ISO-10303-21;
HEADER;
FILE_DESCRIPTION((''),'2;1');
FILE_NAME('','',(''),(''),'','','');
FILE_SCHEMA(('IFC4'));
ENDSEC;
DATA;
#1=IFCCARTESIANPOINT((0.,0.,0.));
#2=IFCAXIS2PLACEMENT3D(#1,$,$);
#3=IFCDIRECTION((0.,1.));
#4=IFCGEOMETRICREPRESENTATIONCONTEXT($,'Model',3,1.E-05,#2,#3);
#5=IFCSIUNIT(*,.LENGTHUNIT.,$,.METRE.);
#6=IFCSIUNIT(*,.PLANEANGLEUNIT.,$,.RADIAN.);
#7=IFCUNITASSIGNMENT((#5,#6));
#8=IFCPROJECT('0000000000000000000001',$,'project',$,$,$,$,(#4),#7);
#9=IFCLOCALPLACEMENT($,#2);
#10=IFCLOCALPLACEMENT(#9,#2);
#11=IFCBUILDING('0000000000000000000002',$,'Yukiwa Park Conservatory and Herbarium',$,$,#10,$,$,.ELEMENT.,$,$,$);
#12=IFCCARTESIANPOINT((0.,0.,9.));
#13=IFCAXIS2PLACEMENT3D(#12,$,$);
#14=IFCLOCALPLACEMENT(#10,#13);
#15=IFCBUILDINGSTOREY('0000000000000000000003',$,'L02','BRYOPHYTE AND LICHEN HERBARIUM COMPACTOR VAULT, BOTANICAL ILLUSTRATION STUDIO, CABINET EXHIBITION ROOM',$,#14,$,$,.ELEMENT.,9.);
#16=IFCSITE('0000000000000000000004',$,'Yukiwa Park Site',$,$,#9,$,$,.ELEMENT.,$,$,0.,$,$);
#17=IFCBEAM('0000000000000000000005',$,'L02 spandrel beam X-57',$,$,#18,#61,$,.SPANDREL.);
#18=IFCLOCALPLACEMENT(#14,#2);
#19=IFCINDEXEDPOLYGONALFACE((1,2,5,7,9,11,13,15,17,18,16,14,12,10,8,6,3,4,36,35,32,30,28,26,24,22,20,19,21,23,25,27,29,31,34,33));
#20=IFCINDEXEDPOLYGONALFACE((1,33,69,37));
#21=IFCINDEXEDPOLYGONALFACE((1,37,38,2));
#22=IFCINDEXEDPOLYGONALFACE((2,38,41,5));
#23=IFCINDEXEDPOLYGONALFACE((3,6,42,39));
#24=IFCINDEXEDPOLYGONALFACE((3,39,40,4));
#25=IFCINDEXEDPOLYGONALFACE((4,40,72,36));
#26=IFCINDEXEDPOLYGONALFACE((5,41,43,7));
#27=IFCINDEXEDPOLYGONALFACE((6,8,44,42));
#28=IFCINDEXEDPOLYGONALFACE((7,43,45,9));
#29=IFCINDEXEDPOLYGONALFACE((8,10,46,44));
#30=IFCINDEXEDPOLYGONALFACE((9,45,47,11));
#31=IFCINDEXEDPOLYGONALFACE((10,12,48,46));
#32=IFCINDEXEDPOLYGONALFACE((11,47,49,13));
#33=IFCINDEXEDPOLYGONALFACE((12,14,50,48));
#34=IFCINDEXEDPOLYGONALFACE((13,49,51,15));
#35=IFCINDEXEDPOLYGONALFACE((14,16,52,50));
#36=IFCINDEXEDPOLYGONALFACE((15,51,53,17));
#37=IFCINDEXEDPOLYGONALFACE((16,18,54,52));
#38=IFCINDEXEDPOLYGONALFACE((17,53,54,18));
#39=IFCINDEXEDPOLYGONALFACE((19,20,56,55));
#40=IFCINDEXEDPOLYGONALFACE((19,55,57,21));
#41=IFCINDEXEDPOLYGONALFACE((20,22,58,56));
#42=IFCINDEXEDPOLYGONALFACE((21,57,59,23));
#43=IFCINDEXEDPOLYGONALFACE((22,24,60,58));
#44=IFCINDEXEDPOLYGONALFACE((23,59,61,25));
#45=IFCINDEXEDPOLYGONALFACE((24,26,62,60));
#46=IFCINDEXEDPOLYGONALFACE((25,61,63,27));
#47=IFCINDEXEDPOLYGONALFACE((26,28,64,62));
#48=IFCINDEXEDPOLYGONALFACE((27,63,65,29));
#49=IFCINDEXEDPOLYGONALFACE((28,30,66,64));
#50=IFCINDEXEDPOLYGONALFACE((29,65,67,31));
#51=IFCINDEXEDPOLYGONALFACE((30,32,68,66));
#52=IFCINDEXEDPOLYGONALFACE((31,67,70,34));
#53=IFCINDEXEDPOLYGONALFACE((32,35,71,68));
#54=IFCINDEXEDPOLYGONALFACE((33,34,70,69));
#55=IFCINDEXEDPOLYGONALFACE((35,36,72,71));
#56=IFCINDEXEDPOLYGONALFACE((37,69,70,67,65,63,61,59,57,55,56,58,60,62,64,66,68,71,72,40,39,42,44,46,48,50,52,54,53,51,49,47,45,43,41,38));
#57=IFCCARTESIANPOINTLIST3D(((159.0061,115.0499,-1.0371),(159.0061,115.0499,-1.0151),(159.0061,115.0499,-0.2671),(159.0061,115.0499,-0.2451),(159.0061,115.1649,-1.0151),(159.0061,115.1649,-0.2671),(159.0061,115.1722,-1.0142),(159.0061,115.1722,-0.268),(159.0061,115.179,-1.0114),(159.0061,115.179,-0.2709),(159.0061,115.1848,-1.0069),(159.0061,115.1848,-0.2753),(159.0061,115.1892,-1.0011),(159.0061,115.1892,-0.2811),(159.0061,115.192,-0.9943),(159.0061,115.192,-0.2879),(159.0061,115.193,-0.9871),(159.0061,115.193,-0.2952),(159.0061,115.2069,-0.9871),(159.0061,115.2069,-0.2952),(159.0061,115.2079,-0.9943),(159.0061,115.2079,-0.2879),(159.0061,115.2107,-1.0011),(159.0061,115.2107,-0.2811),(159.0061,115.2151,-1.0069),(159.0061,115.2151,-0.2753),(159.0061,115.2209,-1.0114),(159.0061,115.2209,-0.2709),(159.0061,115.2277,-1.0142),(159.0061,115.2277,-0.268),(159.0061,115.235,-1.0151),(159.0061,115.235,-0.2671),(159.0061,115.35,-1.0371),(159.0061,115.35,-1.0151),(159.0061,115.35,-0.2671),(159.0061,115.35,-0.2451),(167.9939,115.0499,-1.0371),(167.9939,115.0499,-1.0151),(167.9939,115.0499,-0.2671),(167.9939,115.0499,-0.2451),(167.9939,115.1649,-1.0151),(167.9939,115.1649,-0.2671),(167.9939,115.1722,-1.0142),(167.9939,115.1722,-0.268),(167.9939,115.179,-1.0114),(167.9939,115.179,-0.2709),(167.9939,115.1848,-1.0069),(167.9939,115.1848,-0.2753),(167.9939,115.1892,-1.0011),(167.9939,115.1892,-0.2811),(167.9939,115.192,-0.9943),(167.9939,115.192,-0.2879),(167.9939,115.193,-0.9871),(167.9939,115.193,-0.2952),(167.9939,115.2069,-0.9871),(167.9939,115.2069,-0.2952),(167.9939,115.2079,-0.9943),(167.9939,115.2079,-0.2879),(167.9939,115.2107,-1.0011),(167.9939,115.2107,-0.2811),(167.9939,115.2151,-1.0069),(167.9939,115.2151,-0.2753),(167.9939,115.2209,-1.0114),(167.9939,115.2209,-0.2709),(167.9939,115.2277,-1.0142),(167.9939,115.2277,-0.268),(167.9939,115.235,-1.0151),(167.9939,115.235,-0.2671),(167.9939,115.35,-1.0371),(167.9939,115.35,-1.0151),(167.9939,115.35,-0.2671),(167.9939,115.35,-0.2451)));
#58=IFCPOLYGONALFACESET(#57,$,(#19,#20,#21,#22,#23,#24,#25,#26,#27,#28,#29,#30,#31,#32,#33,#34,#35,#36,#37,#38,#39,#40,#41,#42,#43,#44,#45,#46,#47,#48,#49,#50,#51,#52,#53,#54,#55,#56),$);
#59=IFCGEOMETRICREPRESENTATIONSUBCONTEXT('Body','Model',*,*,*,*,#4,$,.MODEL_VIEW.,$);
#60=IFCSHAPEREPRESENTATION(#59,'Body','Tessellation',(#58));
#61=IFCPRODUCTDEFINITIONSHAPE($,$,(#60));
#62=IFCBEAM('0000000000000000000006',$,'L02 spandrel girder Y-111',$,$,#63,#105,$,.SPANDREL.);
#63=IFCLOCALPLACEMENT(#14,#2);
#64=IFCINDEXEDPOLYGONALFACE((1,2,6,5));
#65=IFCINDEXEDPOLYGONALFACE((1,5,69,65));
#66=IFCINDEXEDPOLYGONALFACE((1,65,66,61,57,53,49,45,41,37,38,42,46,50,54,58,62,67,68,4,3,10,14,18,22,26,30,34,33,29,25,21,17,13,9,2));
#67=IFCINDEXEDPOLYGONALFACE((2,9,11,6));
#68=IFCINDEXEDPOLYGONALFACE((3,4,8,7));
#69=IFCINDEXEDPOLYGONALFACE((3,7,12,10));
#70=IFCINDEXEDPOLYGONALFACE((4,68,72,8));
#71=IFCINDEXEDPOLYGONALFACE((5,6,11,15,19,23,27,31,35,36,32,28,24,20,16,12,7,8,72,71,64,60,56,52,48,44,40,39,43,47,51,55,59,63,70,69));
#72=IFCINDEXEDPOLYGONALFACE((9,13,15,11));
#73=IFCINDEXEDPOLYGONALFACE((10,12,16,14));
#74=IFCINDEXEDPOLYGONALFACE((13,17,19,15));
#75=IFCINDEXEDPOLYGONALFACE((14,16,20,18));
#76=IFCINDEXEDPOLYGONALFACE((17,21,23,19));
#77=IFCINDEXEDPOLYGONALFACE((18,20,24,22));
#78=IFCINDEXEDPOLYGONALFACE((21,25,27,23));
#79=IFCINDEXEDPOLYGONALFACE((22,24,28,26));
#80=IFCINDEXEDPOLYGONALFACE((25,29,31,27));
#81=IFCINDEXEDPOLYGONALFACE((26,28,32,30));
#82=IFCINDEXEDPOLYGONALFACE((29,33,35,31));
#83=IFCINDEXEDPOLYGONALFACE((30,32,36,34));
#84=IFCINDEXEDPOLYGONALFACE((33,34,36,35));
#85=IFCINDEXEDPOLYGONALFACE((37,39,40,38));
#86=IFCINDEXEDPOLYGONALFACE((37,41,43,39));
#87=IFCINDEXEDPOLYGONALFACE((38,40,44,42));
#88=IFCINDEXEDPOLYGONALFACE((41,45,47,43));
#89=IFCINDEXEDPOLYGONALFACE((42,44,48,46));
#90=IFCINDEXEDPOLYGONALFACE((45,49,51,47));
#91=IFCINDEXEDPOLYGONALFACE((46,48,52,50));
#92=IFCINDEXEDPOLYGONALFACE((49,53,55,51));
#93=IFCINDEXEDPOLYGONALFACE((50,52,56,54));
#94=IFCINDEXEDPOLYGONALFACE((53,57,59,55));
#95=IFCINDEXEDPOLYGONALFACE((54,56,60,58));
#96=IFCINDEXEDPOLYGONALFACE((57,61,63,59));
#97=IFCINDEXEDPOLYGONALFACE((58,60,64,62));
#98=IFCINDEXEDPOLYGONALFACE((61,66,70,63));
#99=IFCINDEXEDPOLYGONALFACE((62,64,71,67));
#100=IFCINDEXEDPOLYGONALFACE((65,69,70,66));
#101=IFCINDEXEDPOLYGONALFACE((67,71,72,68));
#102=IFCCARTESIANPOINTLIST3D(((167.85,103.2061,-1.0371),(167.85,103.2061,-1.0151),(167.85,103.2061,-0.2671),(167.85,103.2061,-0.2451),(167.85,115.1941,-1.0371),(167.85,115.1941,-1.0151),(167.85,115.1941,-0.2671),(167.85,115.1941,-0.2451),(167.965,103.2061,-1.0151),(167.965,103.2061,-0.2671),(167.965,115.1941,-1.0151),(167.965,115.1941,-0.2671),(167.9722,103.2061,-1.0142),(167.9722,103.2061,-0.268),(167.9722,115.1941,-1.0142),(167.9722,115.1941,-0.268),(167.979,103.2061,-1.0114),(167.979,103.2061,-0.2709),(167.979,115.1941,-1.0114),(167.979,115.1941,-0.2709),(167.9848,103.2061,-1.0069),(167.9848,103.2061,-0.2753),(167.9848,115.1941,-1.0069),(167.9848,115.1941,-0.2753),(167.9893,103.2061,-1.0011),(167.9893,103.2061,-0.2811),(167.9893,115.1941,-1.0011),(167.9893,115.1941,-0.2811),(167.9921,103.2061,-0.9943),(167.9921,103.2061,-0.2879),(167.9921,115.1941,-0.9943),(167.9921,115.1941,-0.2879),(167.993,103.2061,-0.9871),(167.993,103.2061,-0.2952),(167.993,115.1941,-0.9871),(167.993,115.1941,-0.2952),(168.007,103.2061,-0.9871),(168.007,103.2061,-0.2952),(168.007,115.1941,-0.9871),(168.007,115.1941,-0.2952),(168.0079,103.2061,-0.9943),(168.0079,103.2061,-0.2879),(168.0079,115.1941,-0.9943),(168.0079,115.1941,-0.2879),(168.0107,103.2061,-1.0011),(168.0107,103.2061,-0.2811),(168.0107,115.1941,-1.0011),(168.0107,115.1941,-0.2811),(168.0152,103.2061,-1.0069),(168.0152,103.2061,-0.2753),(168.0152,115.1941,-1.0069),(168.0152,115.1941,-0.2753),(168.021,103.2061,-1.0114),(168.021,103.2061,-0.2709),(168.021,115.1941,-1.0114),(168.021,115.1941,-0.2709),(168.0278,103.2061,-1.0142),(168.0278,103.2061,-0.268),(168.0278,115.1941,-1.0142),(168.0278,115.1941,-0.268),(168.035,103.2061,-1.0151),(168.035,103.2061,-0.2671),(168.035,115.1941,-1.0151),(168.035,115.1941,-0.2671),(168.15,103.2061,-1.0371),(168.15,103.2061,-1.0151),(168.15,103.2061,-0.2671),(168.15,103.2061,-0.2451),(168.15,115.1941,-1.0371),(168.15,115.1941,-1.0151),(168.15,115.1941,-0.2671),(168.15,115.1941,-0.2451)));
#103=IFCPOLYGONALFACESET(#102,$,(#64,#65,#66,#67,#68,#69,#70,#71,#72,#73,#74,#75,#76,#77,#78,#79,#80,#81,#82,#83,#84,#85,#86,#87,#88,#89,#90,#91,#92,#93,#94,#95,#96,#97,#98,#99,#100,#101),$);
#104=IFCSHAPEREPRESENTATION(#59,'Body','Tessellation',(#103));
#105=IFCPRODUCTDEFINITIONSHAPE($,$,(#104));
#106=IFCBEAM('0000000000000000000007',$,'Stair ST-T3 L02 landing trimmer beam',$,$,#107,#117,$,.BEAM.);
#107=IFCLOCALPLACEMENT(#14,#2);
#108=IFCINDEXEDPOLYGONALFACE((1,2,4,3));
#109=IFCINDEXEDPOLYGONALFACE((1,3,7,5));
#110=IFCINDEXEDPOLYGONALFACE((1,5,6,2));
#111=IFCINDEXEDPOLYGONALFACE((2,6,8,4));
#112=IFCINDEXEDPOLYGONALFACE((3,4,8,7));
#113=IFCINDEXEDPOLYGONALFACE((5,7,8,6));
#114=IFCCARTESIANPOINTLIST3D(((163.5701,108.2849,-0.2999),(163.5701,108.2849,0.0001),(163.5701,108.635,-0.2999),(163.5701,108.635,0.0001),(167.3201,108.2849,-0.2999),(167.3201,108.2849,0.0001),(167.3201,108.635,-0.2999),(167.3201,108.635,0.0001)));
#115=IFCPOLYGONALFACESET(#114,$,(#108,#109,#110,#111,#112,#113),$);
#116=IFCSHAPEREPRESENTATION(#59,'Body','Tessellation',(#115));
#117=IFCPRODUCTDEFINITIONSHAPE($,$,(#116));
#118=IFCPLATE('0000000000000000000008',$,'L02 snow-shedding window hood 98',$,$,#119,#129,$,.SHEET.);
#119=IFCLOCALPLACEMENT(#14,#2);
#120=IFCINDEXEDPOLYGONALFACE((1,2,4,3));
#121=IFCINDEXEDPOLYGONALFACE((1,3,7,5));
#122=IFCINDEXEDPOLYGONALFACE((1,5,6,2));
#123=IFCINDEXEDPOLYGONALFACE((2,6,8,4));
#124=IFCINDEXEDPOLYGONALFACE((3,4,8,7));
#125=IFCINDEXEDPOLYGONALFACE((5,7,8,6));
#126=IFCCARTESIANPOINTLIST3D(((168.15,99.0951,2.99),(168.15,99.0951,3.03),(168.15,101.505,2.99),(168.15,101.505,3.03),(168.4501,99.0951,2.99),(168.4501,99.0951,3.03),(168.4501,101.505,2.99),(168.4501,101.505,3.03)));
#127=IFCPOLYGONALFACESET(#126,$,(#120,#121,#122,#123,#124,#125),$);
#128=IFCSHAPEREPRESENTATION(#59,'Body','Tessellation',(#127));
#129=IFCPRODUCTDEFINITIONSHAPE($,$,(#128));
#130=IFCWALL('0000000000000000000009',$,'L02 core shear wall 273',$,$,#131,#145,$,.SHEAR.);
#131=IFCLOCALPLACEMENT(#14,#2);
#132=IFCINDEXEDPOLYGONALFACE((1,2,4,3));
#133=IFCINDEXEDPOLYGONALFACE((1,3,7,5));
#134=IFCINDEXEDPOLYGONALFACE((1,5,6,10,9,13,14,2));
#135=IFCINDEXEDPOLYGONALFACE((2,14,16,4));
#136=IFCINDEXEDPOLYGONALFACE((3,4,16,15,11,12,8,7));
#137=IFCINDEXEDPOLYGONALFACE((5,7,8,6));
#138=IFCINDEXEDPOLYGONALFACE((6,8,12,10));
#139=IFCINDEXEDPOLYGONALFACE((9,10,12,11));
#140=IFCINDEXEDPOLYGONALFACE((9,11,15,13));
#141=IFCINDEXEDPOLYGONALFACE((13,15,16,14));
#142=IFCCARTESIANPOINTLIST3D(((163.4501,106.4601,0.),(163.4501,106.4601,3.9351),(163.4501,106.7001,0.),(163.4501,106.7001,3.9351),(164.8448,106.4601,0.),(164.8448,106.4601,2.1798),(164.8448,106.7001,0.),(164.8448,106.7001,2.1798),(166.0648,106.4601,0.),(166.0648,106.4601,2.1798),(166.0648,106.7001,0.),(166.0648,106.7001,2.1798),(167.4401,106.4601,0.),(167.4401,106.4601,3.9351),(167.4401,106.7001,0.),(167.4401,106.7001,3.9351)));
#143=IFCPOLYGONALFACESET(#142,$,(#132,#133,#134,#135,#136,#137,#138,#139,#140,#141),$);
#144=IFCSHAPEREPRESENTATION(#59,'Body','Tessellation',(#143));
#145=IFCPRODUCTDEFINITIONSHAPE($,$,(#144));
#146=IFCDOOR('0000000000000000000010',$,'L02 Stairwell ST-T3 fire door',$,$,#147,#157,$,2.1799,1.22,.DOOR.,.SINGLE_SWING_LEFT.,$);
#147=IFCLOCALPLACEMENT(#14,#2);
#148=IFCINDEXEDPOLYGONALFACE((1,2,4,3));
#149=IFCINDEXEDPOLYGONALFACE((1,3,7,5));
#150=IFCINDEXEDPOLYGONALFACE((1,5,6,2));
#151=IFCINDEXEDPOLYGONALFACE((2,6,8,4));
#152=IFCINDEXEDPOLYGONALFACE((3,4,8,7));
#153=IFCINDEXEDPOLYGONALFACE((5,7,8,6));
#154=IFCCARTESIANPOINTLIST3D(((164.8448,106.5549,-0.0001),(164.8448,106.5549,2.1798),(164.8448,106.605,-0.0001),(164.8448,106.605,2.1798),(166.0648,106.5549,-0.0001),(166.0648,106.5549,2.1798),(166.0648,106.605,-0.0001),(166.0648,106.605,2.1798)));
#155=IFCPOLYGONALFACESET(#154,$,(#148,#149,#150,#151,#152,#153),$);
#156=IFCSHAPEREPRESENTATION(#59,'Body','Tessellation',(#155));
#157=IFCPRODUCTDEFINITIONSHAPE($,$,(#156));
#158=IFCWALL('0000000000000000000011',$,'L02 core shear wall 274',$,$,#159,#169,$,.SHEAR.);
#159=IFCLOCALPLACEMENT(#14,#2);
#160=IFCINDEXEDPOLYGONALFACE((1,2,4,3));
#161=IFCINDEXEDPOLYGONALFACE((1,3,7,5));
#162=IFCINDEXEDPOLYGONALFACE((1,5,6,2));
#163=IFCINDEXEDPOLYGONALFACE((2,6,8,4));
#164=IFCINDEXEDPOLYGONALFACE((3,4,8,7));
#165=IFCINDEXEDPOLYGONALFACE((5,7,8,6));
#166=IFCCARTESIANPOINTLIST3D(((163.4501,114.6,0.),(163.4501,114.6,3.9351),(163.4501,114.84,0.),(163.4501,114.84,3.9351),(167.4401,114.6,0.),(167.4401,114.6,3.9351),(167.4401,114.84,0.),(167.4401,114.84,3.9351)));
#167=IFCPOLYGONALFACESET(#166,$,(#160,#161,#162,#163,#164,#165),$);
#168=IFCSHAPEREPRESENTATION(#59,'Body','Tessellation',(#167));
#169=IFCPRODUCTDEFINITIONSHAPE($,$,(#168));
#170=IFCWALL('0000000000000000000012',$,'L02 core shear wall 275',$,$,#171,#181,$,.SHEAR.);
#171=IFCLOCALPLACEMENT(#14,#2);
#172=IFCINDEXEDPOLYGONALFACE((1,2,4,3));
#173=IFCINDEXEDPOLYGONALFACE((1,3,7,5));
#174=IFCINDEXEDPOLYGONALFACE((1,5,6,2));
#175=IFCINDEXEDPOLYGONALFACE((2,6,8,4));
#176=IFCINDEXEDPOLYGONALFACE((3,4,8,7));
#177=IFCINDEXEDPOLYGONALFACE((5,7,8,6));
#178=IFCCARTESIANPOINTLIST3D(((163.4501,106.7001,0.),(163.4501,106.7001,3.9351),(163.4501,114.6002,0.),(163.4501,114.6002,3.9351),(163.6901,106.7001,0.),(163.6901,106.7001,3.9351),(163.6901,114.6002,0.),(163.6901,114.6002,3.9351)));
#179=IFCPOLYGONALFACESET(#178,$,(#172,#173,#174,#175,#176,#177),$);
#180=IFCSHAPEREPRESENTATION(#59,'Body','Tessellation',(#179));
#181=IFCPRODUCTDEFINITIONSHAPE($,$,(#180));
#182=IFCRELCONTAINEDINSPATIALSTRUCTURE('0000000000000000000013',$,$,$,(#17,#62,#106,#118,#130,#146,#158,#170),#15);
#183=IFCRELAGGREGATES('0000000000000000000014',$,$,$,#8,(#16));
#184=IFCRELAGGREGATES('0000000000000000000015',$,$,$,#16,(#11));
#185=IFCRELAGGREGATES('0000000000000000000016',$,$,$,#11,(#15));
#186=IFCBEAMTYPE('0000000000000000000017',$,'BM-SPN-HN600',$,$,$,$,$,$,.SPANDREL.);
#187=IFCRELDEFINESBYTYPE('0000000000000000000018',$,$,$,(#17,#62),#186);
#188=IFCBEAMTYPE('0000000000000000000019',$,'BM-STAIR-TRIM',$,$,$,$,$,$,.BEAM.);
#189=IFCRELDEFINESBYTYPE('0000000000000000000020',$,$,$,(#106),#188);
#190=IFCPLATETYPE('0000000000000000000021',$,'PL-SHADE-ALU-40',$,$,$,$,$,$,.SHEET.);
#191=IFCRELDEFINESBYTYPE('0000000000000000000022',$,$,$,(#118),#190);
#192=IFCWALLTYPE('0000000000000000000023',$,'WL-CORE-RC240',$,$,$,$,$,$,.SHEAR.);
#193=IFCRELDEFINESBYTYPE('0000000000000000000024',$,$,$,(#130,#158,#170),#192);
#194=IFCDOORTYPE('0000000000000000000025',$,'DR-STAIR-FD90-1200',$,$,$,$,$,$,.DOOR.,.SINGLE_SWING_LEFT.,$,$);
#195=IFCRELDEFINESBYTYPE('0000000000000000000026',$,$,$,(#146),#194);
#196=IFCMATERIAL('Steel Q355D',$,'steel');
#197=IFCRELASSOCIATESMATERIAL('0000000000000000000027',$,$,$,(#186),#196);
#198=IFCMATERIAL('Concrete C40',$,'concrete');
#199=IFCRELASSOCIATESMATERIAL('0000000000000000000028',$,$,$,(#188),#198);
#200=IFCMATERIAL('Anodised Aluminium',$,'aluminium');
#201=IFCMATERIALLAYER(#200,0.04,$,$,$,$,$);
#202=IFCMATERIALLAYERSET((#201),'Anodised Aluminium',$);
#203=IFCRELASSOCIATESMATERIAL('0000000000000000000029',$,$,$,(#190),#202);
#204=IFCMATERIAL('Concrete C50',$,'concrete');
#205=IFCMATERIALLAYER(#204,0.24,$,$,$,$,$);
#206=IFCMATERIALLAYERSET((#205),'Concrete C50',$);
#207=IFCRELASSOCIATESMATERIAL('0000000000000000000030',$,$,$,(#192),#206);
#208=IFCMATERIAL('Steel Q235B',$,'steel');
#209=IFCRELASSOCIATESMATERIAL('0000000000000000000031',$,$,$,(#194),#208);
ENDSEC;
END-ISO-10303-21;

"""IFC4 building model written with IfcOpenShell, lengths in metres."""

from ifc_helpers import new_model, si_unit, direction, frame, frame_2d, origin, origin_2d, place, context, subcontext, project, spatial, rectangle, i_section, extrude, material, layer, layer_set, material_profile, profile_set, type_object, element, fill, save


model = new_model("IFC4")

# Units and contexts
model_context = context("Model", 3, precision=1e-05, world=origin(), true_north=direction((0.0, 1.0)))
body_context = subcontext(model_context, "Body", "Model", "MODEL_VIEW")
ifc_project = project(units=[si_unit("LENGTHUNIT", "METRE"), si_unit("PLANEANGLEUNIT", "RADIAN")], contexts=[model_context])

# Site, building, storey
site_placement = place(None, origin())
site = spatial("IfcSite", under=ifc_project, at=site_placement, Name="Yukiwa Park Site", CompositionType="ELEMENT", RefElevation=0.0)
building_placement = place(site_placement, origin())
building = spatial("IfcBuilding", under=site, at=building_placement, Name="Yukiwa Park Conservatory and Herbarium", CompositionType="ELEMENT")
storey_placement = place(building_placement, frame((0.0, 0.0, 9.0)))
storey = spatial("IfcBuildingStorey", under=building, at=storey_placement, Name="L02", Description="BRYOPHYTE AND LICHEN HERBARIUM COMPACTOR VAULT, BOTANICAL ILLUSTRATION STUDIO, CABINET EXHIBITION ROOM", CompositionType="ELEMENT", Elevation=9.0)

# Beams
ifc_material_1 = material(Name="Steel Q355D", Category="steel")
ifc_material_profile_1 = material_profile(ifc_material_1, i_section(OverallWidth=0.3, OverallDepth=0.792, WebThickness=0.0139, FlangeThickness=0.022, FilletRadius=0.0281, at=origin_2d()), Name="HN 792x300x14x22")
ifc_profile_set_1 = profile_set([ifc_material_profile_1], Name="Steel Q355D")
beam_type_1 = type_object("IfcBeamType", Name="BM-SPN-HN600", PredefinedType="SPANDREL", material=ifc_profile_set_1)
beam_1_placement = place(storey_placement, frame((159.0061, 115.2, -0.6411), z_axis=(1.0, 0.0, 0.0), x_axis=(0.0, 1.0, 0.0)))
element("IfcBeam", 1, at=beam_1_placement, inside=storey, type_object=beam_type_1, Name="L02 spandrel beam X-57", PredefinedType="SPANDREL", context=body_context, shape_type="SweptSolid", body=[
    extrude(i_section(OverallWidth=0.3, OverallDepth=0.792, WebThickness=0.0139, FlangeThickness=0.022, FilletRadius=0.0281, at=origin_2d()), origin(), (0.0, 0.0, 1.0), 8.9878),
])
beam_2_placement = place(storey_placement, frame((168.0, 103.2061, -0.6411), z_axis=(0.0, 1.0, 0.0), x_axis=(-1.0, 0.0, 0.0)))
element("IfcBeam", 2, at=beam_2_placement, inside=storey, type_object=beam_type_1, Name="L02 spandrel girder Y-111", PredefinedType="SPANDREL", context=body_context, shape_type="SweptSolid", body=[
    extrude(i_section(OverallWidth=0.3, OverallDepth=0.792, WebThickness=0.0139, FlangeThickness=0.022, FilletRadius=0.0281, at=origin_2d()), origin(), (0.0, 0.0, 1.0), 11.988),
])
ifc_material_2 = material(Name="Concrete C40", Category="concrete")
ifc_material_profile_2 = material_profile(ifc_material_2, rectangle(XDim=0.3501, YDim=0.3, at=origin_2d()), Name="RC 350x300")
ifc_profile_set_2 = profile_set([ifc_material_profile_2], Name="Concrete C40")
beam_type_2 = type_object("IfcBeamType", Name="BM-STAIR-TRIM", PredefinedType="BEAM", material=ifc_profile_set_2)
beam_3_placement = place(storey_placement, frame((163.5701, 108.46, -0.1499), z_axis=(1.0, 0.0, 0.0), x_axis=(0.0, 1.0, 0.0)))
element("IfcBeam", 3, at=beam_3_placement, inside=storey, type_object=beam_type_2, Name="Stair ST-T3 L02 landing trimmer beam", PredefinedType="BEAM", context=body_context, shape_type="SweptSolid", body=[
    extrude(rectangle(XDim=0.3501, YDim=0.3, at=origin_2d()), origin(), (0.0, 0.0, 1.0), 3.75),
])

# Plate
ifc_material_3 = material(Name="Anodised Aluminium", Category="aluminium")
ifc_layer_1 = layer(ifc_material_3, 0.04)
ifc_layer_set_1 = layer_set([ifc_layer_1], Name="Anodised Aluminium")
plate_type = type_object("IfcPlateType", Name="PL-SHADE-ALU-40", PredefinedType="SHEET", material=ifc_layer_set_1)
plate_placement = place(storey_placement, frame((168.3, 100.3, 2.99), z_axis=(0.0, 0.0, 1.0), x_axis=(0.0, 1.0, 0.0)))
element("IfcPlate", 4, at=plate_placement, inside=storey, type_object=plate_type, Name="L02 snow-shedding window hood 98", PredefinedType="SHEET", context=body_context, shape_type="SweptSolid", body=[
    extrude(rectangle(XDim=2.4099, YDim=0.3, at=origin_2d()), origin(), (0.0, 0.0, 1.0), 0.04),
])

# Wall, opening, door
ifc_material_4 = material(Name="Concrete C50", Category="concrete")
ifc_layer_2 = layer(ifc_material_4, 0.24)
ifc_layer_set_2 = layer_set([ifc_layer_2], Name="Concrete C50")
wall_type_1 = type_object("IfcWallType", Name="WL-CORE-RC240", PredefinedType="SHEAR", material=ifc_layer_set_2)
wall_1_placement = place(storey_placement, frame((163.45, 106.5801, 0.0), z_axis=(0.0, 0.0, 1.0), x_axis=(1.0, 0.0, 0.0)))
wall_1 = element("IfcWall", 5, at=wall_1_placement, inside=storey, type_object=wall_type_1, Name="L02 core shear wall 273", PredefinedType="SHEAR", context=body_context, shape_type="SweptSolid", body=[
    extrude(rectangle(XDim=3.99, YDim=0.24, at=frame_2d((1.9951, 0.0))), origin(), (0.0, 0.0, 1.0), 3.9351),
])
opening_1_placement = place(wall_1_placement, frame((1.395, 0.0, 0.0)))
opening_1 = element("IfcOpeningElement", 6, at=opening_1_placement, cuts=wall_1, PredefinedType="OPENING", context=body_context, shape_type="SweptSolid", body=[
    extrude(rectangle(XDim=1.22, YDim=2.1799, at=frame_2d((0.6099, 1.0898))), frame((0.0, 0.1299, 0.0), z_axis=(0.0, -1.0, 0.0), x_axis=(1.0, 0.0, 0.0)), (0.0, 0.0, 1.0), 0.26),
])
ifc_material_5 = material(Name="Steel Q235B", Category="steel")
door_type_1 = type_object("IfcDoorType", Name="DR-STAIR-FD90-1200", OperationType="SINGLE_SWING_LEFT", PredefinedType="DOOR", material=ifc_material_5)
door_1_placement = place(opening_1_placement, origin())
door_1 = element("IfcDoor", 7, at=door_1_placement, inside=storey, type_object=door_type_1, Name="L02 Stairwell ST-T3 fire door", OperationType="SINGLE_SWING_LEFT", OverallHeight=2.1799, OverallWidth=1.22, PredefinedType="DOOR", context=body_context, shape_type="SweptSolid", body=[
    extrude(rectangle(XDim=1.22, YDim=2.1799, at=frame_2d((0.6099, 1.0898))), frame((0.0, 0.0249, 0.0), z_axis=(0.0, -1.0, 0.0), x_axis=(1.0, 0.0, 0.0)), (0.0, 0.0, 1.0), 0.05),
])
fill(opening_1, door_1)

# Walls
wall_2_placement = place(storey_placement, frame((163.45, 114.72, 0.0), z_axis=(0.0, 0.0, 1.0), x_axis=(1.0, 0.0, 0.0)))
element("IfcWall", 8, at=wall_2_placement, inside=storey, type_object=wall_type_1, Name="L02 core shear wall 274", PredefinedType="SHEAR", context=body_context, shape_type="SweptSolid", body=[
    extrude(rectangle(XDim=3.99, YDim=0.24, at=frame_2d((1.9951, 0.0))), origin(), (0.0, 0.0, 1.0), 3.9351),
])
for number, where, z_axis, x_axis, name in (
    (9, (163.5701, 106.7, 0.0), (0.0, 0.0, 1.0), (0.0, 1.0, 0.0), "L02 core shear wall 275"),
):
    element("IfcWall", number, at=place(storey_placement, frame(where, z_axis=z_axis, x_axis=x_axis)), inside=storey, type_object=wall_type_1, Name=name, PredefinedType="SHEAR", context=body_context, shape_type="SweptSolid", body=[
        extrude(rectangle(XDim=7.9001, YDim=0.24, at=frame_2d((3.9502, 0.0))), origin(), (0.0, 0.0, 1.0), 3.9351),
    ])

save(model, "model.ifc")
